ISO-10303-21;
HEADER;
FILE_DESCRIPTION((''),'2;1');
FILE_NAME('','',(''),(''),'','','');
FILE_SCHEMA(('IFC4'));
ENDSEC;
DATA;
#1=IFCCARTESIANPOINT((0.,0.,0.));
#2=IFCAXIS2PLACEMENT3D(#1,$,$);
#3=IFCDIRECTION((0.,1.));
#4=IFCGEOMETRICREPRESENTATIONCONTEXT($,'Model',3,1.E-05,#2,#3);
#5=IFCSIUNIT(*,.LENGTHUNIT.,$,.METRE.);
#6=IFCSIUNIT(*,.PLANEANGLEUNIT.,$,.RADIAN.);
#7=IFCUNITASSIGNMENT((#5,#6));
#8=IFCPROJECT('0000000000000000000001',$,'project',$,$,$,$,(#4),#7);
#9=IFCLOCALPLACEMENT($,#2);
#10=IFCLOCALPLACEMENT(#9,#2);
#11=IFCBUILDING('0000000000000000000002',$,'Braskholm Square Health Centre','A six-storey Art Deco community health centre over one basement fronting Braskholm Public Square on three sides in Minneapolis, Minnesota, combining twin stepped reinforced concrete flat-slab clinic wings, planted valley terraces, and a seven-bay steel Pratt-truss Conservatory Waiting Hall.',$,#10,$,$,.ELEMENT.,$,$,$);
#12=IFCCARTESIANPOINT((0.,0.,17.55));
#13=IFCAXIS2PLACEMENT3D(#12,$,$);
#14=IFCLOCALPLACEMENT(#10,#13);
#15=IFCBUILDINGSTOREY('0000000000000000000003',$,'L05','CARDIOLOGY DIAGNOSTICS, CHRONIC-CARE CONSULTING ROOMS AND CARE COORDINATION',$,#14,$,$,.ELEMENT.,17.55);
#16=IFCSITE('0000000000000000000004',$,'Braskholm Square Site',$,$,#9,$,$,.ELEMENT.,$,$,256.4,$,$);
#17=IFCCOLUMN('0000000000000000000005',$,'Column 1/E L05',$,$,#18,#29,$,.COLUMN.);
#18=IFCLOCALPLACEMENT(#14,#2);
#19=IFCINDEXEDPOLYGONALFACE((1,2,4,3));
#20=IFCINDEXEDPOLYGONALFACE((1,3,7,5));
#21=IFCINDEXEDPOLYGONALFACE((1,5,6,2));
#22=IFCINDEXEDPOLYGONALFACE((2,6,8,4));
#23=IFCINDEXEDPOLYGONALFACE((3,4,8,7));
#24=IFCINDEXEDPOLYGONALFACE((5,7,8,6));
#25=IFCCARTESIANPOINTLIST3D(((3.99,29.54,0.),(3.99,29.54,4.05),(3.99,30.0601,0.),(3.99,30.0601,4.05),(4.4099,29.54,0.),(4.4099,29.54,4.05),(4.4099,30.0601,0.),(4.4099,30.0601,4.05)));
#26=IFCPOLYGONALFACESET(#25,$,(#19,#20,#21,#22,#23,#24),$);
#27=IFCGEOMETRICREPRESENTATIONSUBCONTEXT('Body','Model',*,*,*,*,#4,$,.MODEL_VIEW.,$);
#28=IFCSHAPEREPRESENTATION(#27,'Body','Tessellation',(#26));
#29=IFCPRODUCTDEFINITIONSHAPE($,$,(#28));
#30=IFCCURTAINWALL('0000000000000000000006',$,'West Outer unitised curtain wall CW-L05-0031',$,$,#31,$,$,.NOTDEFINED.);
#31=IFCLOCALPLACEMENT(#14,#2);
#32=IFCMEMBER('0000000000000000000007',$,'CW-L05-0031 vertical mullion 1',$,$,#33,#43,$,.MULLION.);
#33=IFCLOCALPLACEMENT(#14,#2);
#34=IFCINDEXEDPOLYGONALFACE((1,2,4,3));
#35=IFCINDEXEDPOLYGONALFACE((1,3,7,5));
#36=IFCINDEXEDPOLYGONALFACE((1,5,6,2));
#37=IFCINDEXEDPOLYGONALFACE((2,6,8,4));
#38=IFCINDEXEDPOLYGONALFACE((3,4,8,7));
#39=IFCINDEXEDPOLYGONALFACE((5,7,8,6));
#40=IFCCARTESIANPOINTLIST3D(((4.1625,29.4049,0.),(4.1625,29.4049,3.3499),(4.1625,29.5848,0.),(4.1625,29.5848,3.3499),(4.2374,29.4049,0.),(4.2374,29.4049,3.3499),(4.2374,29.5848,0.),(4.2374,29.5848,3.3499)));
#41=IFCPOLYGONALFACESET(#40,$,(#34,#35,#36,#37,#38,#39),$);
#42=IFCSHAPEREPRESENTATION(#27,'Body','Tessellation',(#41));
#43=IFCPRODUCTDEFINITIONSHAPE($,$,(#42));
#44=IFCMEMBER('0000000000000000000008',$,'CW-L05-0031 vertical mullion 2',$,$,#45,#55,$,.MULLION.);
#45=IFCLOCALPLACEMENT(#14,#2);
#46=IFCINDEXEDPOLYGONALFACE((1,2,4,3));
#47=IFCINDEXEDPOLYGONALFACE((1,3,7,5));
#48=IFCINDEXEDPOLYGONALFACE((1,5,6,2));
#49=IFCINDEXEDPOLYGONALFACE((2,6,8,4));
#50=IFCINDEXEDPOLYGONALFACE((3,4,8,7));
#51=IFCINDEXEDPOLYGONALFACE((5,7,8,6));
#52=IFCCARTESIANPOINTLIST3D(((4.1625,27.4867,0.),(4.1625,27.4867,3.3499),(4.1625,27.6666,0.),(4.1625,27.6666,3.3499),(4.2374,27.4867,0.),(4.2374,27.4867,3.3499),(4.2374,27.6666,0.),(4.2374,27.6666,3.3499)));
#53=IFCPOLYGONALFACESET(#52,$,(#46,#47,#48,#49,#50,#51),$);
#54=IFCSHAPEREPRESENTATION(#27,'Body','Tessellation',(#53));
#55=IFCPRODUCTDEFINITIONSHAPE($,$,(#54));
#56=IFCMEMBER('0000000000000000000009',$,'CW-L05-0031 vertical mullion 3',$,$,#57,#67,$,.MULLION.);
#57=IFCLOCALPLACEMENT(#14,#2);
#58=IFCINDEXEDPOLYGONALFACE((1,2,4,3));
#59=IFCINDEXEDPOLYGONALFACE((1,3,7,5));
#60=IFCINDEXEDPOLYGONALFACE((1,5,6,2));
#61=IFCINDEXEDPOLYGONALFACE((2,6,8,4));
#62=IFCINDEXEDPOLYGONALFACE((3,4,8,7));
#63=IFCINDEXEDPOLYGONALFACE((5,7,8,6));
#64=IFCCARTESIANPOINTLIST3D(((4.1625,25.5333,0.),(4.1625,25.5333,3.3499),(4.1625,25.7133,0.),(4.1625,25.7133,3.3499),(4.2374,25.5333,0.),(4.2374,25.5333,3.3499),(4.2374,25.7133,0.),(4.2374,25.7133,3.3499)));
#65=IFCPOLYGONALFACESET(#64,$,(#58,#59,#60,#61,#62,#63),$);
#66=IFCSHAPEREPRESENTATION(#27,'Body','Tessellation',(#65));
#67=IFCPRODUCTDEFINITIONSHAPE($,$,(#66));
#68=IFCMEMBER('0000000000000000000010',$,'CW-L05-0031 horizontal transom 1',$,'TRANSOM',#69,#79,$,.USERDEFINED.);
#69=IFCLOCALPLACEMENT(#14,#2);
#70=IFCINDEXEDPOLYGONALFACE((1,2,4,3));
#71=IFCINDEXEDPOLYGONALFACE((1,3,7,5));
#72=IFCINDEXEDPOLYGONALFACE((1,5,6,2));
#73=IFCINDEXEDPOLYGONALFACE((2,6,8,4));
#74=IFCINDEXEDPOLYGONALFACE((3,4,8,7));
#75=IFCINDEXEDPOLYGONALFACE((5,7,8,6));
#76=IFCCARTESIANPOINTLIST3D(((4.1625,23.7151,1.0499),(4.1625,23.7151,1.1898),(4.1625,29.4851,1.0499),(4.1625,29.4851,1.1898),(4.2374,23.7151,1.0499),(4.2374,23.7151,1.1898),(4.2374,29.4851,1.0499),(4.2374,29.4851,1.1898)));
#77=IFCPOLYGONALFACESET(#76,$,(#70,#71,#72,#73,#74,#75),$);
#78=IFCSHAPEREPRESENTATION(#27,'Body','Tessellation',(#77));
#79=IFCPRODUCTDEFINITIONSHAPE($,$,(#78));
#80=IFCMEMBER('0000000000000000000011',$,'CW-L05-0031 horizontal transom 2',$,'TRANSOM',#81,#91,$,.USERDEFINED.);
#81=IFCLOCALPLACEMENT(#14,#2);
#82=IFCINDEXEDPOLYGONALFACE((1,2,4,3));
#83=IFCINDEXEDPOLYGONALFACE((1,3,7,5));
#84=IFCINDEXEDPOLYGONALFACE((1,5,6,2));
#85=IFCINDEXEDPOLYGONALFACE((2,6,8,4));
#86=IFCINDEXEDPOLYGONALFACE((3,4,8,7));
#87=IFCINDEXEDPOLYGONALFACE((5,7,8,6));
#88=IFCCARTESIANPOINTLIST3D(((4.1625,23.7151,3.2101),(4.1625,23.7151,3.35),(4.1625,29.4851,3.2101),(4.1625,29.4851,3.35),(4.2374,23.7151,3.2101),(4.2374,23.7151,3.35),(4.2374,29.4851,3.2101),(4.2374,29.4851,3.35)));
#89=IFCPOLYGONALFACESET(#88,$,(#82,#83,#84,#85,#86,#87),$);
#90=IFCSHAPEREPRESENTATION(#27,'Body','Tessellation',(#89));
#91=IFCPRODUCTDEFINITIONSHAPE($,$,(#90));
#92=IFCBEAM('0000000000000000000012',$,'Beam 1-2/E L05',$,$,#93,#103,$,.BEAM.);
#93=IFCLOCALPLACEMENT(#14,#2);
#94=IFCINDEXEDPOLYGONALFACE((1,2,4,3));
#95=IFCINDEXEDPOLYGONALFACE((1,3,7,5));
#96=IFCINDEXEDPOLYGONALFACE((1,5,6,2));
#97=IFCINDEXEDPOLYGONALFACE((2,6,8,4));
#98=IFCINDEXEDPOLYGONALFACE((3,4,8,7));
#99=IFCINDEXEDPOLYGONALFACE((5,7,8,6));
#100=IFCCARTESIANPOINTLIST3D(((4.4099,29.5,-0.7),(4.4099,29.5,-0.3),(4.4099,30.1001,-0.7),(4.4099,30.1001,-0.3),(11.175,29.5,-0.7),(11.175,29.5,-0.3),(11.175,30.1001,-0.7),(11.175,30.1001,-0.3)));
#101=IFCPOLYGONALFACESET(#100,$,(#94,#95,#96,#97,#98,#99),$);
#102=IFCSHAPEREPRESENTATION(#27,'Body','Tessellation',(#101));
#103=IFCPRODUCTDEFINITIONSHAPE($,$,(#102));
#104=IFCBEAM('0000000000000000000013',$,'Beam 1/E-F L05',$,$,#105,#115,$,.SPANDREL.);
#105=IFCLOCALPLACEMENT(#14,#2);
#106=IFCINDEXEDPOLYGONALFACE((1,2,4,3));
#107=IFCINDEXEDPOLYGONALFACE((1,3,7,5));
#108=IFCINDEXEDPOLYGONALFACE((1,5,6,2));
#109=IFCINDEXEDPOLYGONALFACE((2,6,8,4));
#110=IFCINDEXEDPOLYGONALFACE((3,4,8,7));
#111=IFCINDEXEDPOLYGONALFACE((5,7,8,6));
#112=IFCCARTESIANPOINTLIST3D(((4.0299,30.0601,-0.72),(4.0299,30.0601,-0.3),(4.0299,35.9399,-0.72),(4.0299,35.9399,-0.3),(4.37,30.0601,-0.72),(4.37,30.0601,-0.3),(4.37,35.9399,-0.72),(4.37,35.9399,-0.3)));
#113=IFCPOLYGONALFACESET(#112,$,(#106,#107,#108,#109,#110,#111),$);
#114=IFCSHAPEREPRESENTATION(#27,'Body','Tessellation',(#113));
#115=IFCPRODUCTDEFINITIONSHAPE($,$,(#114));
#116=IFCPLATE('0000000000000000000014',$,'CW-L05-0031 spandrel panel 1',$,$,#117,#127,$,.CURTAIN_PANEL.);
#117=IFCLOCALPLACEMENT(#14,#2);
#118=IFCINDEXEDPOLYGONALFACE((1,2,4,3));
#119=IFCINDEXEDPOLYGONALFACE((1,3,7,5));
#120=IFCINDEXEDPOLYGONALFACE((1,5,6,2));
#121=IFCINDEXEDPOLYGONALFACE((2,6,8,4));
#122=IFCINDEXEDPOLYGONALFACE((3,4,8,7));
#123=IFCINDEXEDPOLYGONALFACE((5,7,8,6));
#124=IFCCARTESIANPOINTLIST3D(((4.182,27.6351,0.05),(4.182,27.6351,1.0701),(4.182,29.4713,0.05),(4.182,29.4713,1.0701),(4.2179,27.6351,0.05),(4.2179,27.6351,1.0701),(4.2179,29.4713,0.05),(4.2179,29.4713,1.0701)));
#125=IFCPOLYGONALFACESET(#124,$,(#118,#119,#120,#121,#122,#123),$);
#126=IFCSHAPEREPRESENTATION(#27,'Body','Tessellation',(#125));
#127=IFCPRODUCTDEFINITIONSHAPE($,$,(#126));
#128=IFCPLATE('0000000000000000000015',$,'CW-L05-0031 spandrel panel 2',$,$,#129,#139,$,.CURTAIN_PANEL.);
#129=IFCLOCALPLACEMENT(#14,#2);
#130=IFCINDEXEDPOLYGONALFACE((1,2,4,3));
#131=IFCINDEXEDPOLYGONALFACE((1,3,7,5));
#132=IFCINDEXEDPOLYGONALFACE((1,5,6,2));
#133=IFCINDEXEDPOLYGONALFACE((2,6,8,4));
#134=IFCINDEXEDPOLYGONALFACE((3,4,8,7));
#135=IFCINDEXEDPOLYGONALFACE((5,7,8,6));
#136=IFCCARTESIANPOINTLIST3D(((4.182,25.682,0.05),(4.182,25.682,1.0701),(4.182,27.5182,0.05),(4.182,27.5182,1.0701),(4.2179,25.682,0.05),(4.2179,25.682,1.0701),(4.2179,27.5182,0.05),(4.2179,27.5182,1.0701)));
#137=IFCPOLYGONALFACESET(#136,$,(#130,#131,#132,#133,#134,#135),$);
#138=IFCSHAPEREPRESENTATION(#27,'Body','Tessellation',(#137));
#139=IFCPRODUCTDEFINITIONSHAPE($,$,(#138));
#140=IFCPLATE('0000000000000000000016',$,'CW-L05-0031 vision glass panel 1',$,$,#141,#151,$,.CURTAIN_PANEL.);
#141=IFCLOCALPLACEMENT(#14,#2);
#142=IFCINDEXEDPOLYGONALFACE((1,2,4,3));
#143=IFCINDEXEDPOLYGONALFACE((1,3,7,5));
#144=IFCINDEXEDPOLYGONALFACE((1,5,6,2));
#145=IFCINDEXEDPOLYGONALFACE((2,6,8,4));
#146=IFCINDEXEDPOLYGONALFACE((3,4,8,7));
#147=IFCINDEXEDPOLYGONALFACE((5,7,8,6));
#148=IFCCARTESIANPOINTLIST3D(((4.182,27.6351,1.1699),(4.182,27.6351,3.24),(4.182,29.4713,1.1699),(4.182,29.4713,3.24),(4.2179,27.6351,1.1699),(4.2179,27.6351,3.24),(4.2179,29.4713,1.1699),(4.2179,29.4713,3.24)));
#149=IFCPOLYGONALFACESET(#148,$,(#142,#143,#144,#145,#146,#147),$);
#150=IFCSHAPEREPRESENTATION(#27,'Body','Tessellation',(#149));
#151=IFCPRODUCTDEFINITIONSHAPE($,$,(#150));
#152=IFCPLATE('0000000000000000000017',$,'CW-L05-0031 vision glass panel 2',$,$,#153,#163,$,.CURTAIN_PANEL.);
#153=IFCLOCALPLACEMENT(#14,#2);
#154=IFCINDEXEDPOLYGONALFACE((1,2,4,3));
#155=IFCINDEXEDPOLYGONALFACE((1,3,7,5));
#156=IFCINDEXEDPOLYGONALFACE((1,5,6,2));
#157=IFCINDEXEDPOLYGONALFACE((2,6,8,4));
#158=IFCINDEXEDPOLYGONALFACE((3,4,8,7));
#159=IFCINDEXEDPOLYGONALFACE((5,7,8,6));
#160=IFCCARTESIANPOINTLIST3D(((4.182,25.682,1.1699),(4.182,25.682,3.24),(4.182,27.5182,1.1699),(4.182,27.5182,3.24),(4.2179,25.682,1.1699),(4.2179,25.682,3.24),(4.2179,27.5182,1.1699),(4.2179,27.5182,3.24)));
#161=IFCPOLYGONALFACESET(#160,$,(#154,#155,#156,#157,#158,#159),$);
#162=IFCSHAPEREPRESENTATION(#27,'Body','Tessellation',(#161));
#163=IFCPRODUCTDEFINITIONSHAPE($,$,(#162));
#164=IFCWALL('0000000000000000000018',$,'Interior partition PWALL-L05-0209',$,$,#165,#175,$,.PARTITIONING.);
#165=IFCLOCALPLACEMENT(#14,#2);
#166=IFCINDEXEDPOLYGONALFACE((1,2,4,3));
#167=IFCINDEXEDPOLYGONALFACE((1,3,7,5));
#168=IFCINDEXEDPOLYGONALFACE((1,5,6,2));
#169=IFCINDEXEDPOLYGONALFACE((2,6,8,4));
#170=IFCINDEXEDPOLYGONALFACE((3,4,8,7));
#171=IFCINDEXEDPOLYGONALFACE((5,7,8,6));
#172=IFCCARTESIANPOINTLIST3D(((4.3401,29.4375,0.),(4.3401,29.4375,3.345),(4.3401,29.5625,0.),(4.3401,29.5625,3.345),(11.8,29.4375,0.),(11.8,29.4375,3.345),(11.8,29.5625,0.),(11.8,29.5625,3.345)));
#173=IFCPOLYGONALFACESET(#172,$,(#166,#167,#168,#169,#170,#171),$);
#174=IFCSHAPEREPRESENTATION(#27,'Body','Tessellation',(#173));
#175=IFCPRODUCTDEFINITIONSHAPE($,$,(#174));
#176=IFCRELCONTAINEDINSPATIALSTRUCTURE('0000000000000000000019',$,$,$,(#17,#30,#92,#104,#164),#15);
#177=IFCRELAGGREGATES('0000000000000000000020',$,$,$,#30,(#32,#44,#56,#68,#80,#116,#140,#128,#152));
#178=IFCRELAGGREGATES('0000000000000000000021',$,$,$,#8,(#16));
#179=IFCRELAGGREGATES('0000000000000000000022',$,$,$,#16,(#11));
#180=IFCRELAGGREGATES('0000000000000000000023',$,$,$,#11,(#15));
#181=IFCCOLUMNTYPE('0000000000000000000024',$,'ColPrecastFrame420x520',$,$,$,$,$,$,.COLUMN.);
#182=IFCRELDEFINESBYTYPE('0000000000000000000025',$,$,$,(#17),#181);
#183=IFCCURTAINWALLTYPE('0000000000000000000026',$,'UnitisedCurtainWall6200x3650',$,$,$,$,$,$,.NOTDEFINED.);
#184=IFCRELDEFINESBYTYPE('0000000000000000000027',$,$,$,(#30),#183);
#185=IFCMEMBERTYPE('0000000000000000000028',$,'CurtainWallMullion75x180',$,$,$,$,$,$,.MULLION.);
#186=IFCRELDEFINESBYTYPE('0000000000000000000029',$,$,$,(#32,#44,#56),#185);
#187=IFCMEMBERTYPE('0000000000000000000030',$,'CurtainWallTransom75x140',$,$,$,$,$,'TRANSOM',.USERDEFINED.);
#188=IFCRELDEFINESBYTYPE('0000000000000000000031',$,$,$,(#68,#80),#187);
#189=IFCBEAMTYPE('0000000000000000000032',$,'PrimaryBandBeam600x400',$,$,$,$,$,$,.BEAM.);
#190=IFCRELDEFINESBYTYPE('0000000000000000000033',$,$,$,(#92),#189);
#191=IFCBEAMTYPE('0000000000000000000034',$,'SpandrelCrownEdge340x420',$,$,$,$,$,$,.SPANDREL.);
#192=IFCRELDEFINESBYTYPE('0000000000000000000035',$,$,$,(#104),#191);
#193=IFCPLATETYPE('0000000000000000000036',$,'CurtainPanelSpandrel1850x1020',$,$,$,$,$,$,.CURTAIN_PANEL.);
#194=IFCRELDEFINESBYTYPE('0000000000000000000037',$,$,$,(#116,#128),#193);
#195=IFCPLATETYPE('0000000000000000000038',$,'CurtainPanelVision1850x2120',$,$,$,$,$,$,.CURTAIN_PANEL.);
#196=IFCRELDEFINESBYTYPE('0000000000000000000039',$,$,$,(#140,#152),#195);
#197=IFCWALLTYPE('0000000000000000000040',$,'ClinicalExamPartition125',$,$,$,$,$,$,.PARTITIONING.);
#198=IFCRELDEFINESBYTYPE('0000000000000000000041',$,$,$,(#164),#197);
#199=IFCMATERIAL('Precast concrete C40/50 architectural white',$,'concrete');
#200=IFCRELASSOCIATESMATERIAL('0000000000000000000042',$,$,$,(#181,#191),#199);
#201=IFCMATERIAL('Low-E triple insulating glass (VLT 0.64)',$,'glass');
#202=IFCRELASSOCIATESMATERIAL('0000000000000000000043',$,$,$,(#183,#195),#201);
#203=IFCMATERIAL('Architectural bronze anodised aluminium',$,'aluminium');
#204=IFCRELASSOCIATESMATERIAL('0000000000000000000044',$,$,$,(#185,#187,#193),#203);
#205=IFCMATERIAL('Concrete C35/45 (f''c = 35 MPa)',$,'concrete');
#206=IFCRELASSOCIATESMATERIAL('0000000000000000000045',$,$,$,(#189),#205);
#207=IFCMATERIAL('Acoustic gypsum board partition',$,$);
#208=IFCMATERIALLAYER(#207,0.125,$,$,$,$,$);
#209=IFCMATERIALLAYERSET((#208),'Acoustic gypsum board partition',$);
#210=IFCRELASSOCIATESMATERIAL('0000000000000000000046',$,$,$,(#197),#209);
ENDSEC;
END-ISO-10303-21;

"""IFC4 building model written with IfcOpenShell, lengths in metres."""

from ifc_helpers import new_model, si_unit, direction, frame, frame_2d, origin, origin_2d, place, context, subcontext, project, spatial, rectangle, extrude, material, layer, layer_set, material_profile, profile_set, type_object, element, aggregate, save


model = new_model("IFC4")

# Units and contexts
model_context = context("Model", 3, precision=1e-05, world=origin(), true_north=direction((0.0, 1.0)))
body_context = subcontext(model_context, "Body", "Model", "MODEL_VIEW")
ifc_project = project(units=[si_unit("LENGTHUNIT", "METRE"), si_unit("PLANEANGLEUNIT", "RADIAN")], contexts=[model_context])

# Site, building, storey
site_placement = place(None, origin())
site = spatial("IfcSite", under=ifc_project, at=site_placement, Name="Braskholm Square Site", CompositionType="ELEMENT", RefElevation=256.4)
building_placement = place(site_placement, origin())
building = spatial("IfcBuilding", under=site, at=building_placement, Name="Braskholm Square Health Centre", Description="A six-storey Art Deco community health centre over one basement fronting Braskholm Public Square on three sides in Minneapolis, Minnesota, combining twin stepped reinforced concrete flat-slab clinic wings, planted valley terraces, and a seven-bay steel Pratt-truss Conservatory Waiting Hall.", CompositionType="ELEMENT")
storey_placement = place(building_placement, frame((0.0, 0.0, 17.55)))
storey = spatial("IfcBuildingStorey", under=building, at=storey_placement, Name="L05", Description="CARDIOLOGY DIAGNOSTICS, CHRONIC-CARE CONSULTING ROOMS AND CARE COORDINATION", CompositionType="ELEMENT", Elevation=17.55)

# Column
ifc_material_1 = material(Name="Precast concrete C40/50 architectural white", Category="concrete")
ifc_material_profile_1 = material_profile(ifc_material_1, rectangle(XDim=0.4199, YDim=0.52, at=origin_2d()), Name="RC-420X520")
ifc_profile_set_1 = profile_set([ifc_material_profile_1], Name="Precast concrete C40/50 architectural white")
column_type = type_object("IfcColumnType", Name="ColPrecastFrame420x520", PredefinedType="COLUMN", material=ifc_profile_set_1)
column_placement = place(storey_placement, frame((4.2, 29.8, 0.0), z_axis=(0.0, 0.0, 1.0), x_axis=(1.0, 0.0, 0.0)))
element("IfcColumn", 1, at=column_placement, inside=storey, type_object=column_type, Name="Column 1/E L05", PredefinedType="COLUMN", context=body_context, shape_type="SweptSolid", body=[
    extrude(rectangle(XDim=0.4199, YDim=0.52, at=origin_2d()), origin(), (0.0, 0.0, 1.0), 4.05),
])

# Curtain wall, members
ifc_material_2 = material(Name="Low-E triple insulating glass (VLT 0.64)", Category="glass")
curtain_wall_type = type_object("IfcCurtainWallType", Name="UnitisedCurtainWall6200x3650", PredefinedType="NOTDEFINED", material=ifc_material_2)
curtain_wall_placement = place(storey_placement, origin())
curtain_wall = element("IfcCurtainWall", 2, at=curtain_wall_placement, inside=storey, type_object=curtain_wall_type, Name="West Outer unitised curtain wall CW-L05-0031", PredefinedType="NOTDEFINED")
ifc_material_3 = material(Name="Architectural bronze anodised aluminium", Category="aluminium")
ifc_material_profile_2 = material_profile(ifc_material_3, rectangle(XDim=0.075, YDim=0.1799, at=origin_2d()), Name="ALU-75X180")
ifc_profile_set_2 = profile_set([ifc_material_profile_2], Name="Architectural bronze anodised aluminium")
member_type_1 = type_object("IfcMemberType", Name="CurtainWallMullion75x180", PredefinedType="MULLION", material=ifc_profile_set_2)
member_1_placement = place(storey_placement, frame((4.2, 29.4949, 0.0), z_axis=(0.0, 0.0, 1.0), x_axis=(1.0, 0.0, 0.0)))
member_1 = element("IfcMember", 3, at=member_1_placement, type_object=member_type_1, Name="CW-L05-0031 vertical mullion 1", PredefinedType="MULLION", context=body_context, shape_type="SweptSolid", body=[
    extrude(rectangle(XDim=0.075, YDim=0.1799, at=origin_2d()), origin(), (0.0, 0.0, 1.0), 3.3499),
])
member_2_placement = place(storey_placement, frame((4.2, 27.5767, 0.0), z_axis=(0.0, 0.0, 1.0), x_axis=(1.0, 0.0, 0.0)))
member_2 = element("IfcMember", 4, at=member_2_placement, type_object=member_type_1, Name="CW-L05-0031 vertical mullion 2", PredefinedType="MULLION", context=body_context, shape_type="SweptSolid", body=[
    extrude(rectangle(XDim=0.075, YDim=0.1799, at=origin_2d()), origin(), (0.0, 0.0, 1.0), 3.3499),
])
member_3_placement = place(storey_placement, frame((4.2, 25.6233, 0.0), z_axis=(0.0, 0.0, 1.0), x_axis=(1.0, 0.0, 0.0)))
member_3 = element("IfcMember", 5, at=member_3_placement, type_object=member_type_1, Name="CW-L05-0031 vertical mullion 3", PredefinedType="MULLION", context=body_context, shape_type="SweptSolid", body=[
    extrude(rectangle(XDim=0.075, YDim=0.1799, at=origin_2d()), origin(), (0.0, 0.0, 1.0), 3.3499),
])
ifc_material_profile_3 = material_profile(ifc_material_3, rectangle(XDim=0.075, YDim=0.1399, at=origin_2d()), Name="ALU-75X140")
ifc_profile_set_3 = profile_set([ifc_material_profile_3], Name="Architectural bronze anodised aluminium")
member_type_2 = type_object("IfcMemberType", Name="CurtainWallTransom75x140", ElementType="TRANSOM", PredefinedType="USERDEFINED", material=ifc_profile_set_3)
member_4_placement = place(storey_placement, frame((4.2, 29.4851, 1.1199), z_axis=(0.0, -1.0, 0.0), x_axis=(1.0, 0.0, 0.0)))
member_4 = element("IfcMember", 6, at=member_4_placement, type_object=member_type_2, Name="CW-L05-0031 horizontal transom 1", ObjectType="TRANSOM", PredefinedType="USERDEFINED", context=body_context, shape_type="SweptSolid", body=[
    extrude(rectangle(XDim=0.075, YDim=0.1399, at=origin_2d()), origin(), (0.0, 0.0, 1.0), 5.77),
])
member_5_placement = place(storey_placement, frame((4.2, 29.4851, 3.28), z_axis=(0.0, -1.0, 0.0), x_axis=(1.0, 0.0, 0.0)))
member_5 = element("IfcMember", 7, at=member_5_placement, type_object=member_type_2, Name="CW-L05-0031 horizontal transom 2", ObjectType="TRANSOM", PredefinedType="USERDEFINED", context=body_context, shape_type="SweptSolid", body=[
    extrude(rectangle(XDim=0.075, YDim=0.1399, at=origin_2d()), origin(), (0.0, 0.0, 1.0), 5.77),
])

# Beams
ifc_material_4 = material(Name="Concrete C35/45 (f'c = 35 MPa)", Category="concrete")
ifc_material_profile_4 = material_profile(ifc_material_4, rectangle(XDim=0.6001, YDim=0.3999, at=origin_2d()), Name="RCB-600X400")
ifc_profile_set_4 = profile_set([ifc_material_profile_4], Name="Concrete C35/45 (f'c = 35 MPa)")
beam_type_1 = type_object("IfcBeamType", Name="PrimaryBandBeam600x400", PredefinedType="BEAM", material=ifc_profile_set_4)
beam_1_placement = place(storey_placement, frame((4.4099, 29.8, -0.5), z_axis=(1.0, 0.0, 0.0), x_axis=(0.0, 1.0, 0.0)))
element("IfcBeam", 8, at=beam_1_placement, inside=storey, type_object=beam_type_1, Name="Beam 1-2/E L05", PredefinedType="BEAM", context=body_context, shape_type="SweptSolid", body=[
    extrude(rectangle(XDim=0.6001, YDim=0.3999, at=origin_2d()), origin(), (0.0, 0.0, 1.0), 6.7651),
])
ifc_material_profile_5 = material_profile(ifc_material_1, rectangle(XDim=0.3401, YDim=0.4199, at=origin_2d()), Name="RCB-340X420")
ifc_profile_set_5 = profile_set([ifc_material_profile_5], Name="Precast concrete C40/50 architectural white")
beam_type_2 = type_object("IfcBeamType", Name="SpandrelCrownEdge340x420", PredefinedType="SPANDREL", material=ifc_profile_set_5)
beam_2_placement = place(storey_placement, frame((4.2, 30.0601, -0.51), z_axis=(0.0, 1.0, 0.0), x_axis=(-1.0, 0.0, 0.0)))
element("IfcBeam", 9, at=beam_2_placement, inside=storey, type_object=beam_type_2, Name="Beam 1/E-F L05", PredefinedType="SPANDREL", context=body_context, shape_type="SweptSolid", body=[
    extrude(rectangle(XDim=0.3401, YDim=0.4199, at=origin_2d()), origin(), (0.0, 0.0, 1.0), 5.8799),
])

# Plates
plate_type_1 = type_object("IfcPlateType", Name="CurtainPanelSpandrel1850x1020", PredefinedType="CURTAIN_PANEL", material=ifc_material_3)
plate_1_placement = place(storey_placement, frame((4.2, 28.5532, 0.05), z_axis=(0.0, 0.0, 1.0), x_axis=(0.0, -1.0, 0.0)))
plate_1 = element("IfcPlate", 10, at=plate_1_placement, type_object=plate_type_1, Name="CW-L05-0031 spandrel panel 1", PredefinedType="CURTAIN_PANEL", context=body_context, shape_type="SweptSolid", body=[
    extrude(rectangle(XDim=1.8362, YDim=0.0359, at=origin_2d()), origin(), (0.0, 0.0, 1.0), 1.02),
])
plate_2_placement = place(storey_placement, frame((4.2, 26.6001, 0.05), z_axis=(0.0, 0.0, 1.0), x_axis=(0.0, -1.0, 0.0)))
plate_2 = element("IfcPlate", 11, at=plate_2_placement, type_object=plate_type_1, Name="CW-L05-0031 spandrel panel 2", PredefinedType="CURTAIN_PANEL", context=body_context, shape_type="SweptSolid", body=[
    extrude(rectangle(XDim=1.8362, YDim=0.0359, at=origin_2d()), origin(), (0.0, 0.0, 1.0), 1.02),
])
plate_type_2 = type_object("IfcPlateType", Name="CurtainPanelVision1850x2120", PredefinedType="CURTAIN_PANEL", material=ifc_material_2)
plate_3_placement = place(storey_placement, frame((4.2, 28.5532, 1.1699), z_axis=(0.0, 0.0, 1.0), x_axis=(0.0, -1.0, 0.0)))
plate_3 = element("IfcPlate", 12, at=plate_3_placement, type_object=plate_type_2, Name="CW-L05-0031 vision glass panel 1", PredefinedType="CURTAIN_PANEL", context=body_context, shape_type="SweptSolid", body=[
    extrude(rectangle(XDim=1.8362, YDim=0.0359, at=origin_2d()), origin(), (0.0, 0.0, 1.0), 2.0701),
])
plate_4_placement = place(storey_placement, frame((4.2, 26.6001, 1.1699), z_axis=(0.0, 0.0, 1.0), x_axis=(0.0, -1.0, 0.0)))
plate_4 = element("IfcPlate", 13, at=plate_4_placement, type_object=plate_type_2, Name="CW-L05-0031 vision glass panel 2", PredefinedType="CURTAIN_PANEL", context=body_context, shape_type="SweptSolid", body=[
    extrude(rectangle(XDim=1.8362, YDim=0.0359, at=origin_2d()), origin(), (0.0, 0.0, 1.0), 2.0701),
])
aggregate(curtain_wall, [member_1, member_2, member_3, member_4, member_5, plate_1, plate_3, plate_2, plate_4])

# Wall
ifc_material_5 = material(Name="Acoustic gypsum board partition")
ifc_layer_1 = layer(ifc_material_5, 0.125)
ifc_layer_set_1 = layer_set([ifc_layer_1], Name="Acoustic gypsum board partition")
wall_type = type_object("IfcWallType", Name="ClinicalExamPartition125", PredefinedType="PARTITIONING", material=ifc_layer_set_1)
wall_placement = place(storey_placement, frame((4.3401, 29.5, 0.0), z_axis=(0.0, 0.0, 1.0), x_axis=(1.0, 0.0, 0.0)))
element("IfcWall", 14, at=wall_placement, inside=storey, type_object=wall_type, Name="Interior partition PWALL-L05-0209", PredefinedType="PARTITIONING", context=body_context, shape_type="SweptSolid", body=[
    extrude(rectangle(XDim=7.46, YDim=0.125, at=frame_2d((3.73, 0.0))), origin(), (0.0, 0.0, 1.0), 3.345),
])

save(model, "model.ifc")
